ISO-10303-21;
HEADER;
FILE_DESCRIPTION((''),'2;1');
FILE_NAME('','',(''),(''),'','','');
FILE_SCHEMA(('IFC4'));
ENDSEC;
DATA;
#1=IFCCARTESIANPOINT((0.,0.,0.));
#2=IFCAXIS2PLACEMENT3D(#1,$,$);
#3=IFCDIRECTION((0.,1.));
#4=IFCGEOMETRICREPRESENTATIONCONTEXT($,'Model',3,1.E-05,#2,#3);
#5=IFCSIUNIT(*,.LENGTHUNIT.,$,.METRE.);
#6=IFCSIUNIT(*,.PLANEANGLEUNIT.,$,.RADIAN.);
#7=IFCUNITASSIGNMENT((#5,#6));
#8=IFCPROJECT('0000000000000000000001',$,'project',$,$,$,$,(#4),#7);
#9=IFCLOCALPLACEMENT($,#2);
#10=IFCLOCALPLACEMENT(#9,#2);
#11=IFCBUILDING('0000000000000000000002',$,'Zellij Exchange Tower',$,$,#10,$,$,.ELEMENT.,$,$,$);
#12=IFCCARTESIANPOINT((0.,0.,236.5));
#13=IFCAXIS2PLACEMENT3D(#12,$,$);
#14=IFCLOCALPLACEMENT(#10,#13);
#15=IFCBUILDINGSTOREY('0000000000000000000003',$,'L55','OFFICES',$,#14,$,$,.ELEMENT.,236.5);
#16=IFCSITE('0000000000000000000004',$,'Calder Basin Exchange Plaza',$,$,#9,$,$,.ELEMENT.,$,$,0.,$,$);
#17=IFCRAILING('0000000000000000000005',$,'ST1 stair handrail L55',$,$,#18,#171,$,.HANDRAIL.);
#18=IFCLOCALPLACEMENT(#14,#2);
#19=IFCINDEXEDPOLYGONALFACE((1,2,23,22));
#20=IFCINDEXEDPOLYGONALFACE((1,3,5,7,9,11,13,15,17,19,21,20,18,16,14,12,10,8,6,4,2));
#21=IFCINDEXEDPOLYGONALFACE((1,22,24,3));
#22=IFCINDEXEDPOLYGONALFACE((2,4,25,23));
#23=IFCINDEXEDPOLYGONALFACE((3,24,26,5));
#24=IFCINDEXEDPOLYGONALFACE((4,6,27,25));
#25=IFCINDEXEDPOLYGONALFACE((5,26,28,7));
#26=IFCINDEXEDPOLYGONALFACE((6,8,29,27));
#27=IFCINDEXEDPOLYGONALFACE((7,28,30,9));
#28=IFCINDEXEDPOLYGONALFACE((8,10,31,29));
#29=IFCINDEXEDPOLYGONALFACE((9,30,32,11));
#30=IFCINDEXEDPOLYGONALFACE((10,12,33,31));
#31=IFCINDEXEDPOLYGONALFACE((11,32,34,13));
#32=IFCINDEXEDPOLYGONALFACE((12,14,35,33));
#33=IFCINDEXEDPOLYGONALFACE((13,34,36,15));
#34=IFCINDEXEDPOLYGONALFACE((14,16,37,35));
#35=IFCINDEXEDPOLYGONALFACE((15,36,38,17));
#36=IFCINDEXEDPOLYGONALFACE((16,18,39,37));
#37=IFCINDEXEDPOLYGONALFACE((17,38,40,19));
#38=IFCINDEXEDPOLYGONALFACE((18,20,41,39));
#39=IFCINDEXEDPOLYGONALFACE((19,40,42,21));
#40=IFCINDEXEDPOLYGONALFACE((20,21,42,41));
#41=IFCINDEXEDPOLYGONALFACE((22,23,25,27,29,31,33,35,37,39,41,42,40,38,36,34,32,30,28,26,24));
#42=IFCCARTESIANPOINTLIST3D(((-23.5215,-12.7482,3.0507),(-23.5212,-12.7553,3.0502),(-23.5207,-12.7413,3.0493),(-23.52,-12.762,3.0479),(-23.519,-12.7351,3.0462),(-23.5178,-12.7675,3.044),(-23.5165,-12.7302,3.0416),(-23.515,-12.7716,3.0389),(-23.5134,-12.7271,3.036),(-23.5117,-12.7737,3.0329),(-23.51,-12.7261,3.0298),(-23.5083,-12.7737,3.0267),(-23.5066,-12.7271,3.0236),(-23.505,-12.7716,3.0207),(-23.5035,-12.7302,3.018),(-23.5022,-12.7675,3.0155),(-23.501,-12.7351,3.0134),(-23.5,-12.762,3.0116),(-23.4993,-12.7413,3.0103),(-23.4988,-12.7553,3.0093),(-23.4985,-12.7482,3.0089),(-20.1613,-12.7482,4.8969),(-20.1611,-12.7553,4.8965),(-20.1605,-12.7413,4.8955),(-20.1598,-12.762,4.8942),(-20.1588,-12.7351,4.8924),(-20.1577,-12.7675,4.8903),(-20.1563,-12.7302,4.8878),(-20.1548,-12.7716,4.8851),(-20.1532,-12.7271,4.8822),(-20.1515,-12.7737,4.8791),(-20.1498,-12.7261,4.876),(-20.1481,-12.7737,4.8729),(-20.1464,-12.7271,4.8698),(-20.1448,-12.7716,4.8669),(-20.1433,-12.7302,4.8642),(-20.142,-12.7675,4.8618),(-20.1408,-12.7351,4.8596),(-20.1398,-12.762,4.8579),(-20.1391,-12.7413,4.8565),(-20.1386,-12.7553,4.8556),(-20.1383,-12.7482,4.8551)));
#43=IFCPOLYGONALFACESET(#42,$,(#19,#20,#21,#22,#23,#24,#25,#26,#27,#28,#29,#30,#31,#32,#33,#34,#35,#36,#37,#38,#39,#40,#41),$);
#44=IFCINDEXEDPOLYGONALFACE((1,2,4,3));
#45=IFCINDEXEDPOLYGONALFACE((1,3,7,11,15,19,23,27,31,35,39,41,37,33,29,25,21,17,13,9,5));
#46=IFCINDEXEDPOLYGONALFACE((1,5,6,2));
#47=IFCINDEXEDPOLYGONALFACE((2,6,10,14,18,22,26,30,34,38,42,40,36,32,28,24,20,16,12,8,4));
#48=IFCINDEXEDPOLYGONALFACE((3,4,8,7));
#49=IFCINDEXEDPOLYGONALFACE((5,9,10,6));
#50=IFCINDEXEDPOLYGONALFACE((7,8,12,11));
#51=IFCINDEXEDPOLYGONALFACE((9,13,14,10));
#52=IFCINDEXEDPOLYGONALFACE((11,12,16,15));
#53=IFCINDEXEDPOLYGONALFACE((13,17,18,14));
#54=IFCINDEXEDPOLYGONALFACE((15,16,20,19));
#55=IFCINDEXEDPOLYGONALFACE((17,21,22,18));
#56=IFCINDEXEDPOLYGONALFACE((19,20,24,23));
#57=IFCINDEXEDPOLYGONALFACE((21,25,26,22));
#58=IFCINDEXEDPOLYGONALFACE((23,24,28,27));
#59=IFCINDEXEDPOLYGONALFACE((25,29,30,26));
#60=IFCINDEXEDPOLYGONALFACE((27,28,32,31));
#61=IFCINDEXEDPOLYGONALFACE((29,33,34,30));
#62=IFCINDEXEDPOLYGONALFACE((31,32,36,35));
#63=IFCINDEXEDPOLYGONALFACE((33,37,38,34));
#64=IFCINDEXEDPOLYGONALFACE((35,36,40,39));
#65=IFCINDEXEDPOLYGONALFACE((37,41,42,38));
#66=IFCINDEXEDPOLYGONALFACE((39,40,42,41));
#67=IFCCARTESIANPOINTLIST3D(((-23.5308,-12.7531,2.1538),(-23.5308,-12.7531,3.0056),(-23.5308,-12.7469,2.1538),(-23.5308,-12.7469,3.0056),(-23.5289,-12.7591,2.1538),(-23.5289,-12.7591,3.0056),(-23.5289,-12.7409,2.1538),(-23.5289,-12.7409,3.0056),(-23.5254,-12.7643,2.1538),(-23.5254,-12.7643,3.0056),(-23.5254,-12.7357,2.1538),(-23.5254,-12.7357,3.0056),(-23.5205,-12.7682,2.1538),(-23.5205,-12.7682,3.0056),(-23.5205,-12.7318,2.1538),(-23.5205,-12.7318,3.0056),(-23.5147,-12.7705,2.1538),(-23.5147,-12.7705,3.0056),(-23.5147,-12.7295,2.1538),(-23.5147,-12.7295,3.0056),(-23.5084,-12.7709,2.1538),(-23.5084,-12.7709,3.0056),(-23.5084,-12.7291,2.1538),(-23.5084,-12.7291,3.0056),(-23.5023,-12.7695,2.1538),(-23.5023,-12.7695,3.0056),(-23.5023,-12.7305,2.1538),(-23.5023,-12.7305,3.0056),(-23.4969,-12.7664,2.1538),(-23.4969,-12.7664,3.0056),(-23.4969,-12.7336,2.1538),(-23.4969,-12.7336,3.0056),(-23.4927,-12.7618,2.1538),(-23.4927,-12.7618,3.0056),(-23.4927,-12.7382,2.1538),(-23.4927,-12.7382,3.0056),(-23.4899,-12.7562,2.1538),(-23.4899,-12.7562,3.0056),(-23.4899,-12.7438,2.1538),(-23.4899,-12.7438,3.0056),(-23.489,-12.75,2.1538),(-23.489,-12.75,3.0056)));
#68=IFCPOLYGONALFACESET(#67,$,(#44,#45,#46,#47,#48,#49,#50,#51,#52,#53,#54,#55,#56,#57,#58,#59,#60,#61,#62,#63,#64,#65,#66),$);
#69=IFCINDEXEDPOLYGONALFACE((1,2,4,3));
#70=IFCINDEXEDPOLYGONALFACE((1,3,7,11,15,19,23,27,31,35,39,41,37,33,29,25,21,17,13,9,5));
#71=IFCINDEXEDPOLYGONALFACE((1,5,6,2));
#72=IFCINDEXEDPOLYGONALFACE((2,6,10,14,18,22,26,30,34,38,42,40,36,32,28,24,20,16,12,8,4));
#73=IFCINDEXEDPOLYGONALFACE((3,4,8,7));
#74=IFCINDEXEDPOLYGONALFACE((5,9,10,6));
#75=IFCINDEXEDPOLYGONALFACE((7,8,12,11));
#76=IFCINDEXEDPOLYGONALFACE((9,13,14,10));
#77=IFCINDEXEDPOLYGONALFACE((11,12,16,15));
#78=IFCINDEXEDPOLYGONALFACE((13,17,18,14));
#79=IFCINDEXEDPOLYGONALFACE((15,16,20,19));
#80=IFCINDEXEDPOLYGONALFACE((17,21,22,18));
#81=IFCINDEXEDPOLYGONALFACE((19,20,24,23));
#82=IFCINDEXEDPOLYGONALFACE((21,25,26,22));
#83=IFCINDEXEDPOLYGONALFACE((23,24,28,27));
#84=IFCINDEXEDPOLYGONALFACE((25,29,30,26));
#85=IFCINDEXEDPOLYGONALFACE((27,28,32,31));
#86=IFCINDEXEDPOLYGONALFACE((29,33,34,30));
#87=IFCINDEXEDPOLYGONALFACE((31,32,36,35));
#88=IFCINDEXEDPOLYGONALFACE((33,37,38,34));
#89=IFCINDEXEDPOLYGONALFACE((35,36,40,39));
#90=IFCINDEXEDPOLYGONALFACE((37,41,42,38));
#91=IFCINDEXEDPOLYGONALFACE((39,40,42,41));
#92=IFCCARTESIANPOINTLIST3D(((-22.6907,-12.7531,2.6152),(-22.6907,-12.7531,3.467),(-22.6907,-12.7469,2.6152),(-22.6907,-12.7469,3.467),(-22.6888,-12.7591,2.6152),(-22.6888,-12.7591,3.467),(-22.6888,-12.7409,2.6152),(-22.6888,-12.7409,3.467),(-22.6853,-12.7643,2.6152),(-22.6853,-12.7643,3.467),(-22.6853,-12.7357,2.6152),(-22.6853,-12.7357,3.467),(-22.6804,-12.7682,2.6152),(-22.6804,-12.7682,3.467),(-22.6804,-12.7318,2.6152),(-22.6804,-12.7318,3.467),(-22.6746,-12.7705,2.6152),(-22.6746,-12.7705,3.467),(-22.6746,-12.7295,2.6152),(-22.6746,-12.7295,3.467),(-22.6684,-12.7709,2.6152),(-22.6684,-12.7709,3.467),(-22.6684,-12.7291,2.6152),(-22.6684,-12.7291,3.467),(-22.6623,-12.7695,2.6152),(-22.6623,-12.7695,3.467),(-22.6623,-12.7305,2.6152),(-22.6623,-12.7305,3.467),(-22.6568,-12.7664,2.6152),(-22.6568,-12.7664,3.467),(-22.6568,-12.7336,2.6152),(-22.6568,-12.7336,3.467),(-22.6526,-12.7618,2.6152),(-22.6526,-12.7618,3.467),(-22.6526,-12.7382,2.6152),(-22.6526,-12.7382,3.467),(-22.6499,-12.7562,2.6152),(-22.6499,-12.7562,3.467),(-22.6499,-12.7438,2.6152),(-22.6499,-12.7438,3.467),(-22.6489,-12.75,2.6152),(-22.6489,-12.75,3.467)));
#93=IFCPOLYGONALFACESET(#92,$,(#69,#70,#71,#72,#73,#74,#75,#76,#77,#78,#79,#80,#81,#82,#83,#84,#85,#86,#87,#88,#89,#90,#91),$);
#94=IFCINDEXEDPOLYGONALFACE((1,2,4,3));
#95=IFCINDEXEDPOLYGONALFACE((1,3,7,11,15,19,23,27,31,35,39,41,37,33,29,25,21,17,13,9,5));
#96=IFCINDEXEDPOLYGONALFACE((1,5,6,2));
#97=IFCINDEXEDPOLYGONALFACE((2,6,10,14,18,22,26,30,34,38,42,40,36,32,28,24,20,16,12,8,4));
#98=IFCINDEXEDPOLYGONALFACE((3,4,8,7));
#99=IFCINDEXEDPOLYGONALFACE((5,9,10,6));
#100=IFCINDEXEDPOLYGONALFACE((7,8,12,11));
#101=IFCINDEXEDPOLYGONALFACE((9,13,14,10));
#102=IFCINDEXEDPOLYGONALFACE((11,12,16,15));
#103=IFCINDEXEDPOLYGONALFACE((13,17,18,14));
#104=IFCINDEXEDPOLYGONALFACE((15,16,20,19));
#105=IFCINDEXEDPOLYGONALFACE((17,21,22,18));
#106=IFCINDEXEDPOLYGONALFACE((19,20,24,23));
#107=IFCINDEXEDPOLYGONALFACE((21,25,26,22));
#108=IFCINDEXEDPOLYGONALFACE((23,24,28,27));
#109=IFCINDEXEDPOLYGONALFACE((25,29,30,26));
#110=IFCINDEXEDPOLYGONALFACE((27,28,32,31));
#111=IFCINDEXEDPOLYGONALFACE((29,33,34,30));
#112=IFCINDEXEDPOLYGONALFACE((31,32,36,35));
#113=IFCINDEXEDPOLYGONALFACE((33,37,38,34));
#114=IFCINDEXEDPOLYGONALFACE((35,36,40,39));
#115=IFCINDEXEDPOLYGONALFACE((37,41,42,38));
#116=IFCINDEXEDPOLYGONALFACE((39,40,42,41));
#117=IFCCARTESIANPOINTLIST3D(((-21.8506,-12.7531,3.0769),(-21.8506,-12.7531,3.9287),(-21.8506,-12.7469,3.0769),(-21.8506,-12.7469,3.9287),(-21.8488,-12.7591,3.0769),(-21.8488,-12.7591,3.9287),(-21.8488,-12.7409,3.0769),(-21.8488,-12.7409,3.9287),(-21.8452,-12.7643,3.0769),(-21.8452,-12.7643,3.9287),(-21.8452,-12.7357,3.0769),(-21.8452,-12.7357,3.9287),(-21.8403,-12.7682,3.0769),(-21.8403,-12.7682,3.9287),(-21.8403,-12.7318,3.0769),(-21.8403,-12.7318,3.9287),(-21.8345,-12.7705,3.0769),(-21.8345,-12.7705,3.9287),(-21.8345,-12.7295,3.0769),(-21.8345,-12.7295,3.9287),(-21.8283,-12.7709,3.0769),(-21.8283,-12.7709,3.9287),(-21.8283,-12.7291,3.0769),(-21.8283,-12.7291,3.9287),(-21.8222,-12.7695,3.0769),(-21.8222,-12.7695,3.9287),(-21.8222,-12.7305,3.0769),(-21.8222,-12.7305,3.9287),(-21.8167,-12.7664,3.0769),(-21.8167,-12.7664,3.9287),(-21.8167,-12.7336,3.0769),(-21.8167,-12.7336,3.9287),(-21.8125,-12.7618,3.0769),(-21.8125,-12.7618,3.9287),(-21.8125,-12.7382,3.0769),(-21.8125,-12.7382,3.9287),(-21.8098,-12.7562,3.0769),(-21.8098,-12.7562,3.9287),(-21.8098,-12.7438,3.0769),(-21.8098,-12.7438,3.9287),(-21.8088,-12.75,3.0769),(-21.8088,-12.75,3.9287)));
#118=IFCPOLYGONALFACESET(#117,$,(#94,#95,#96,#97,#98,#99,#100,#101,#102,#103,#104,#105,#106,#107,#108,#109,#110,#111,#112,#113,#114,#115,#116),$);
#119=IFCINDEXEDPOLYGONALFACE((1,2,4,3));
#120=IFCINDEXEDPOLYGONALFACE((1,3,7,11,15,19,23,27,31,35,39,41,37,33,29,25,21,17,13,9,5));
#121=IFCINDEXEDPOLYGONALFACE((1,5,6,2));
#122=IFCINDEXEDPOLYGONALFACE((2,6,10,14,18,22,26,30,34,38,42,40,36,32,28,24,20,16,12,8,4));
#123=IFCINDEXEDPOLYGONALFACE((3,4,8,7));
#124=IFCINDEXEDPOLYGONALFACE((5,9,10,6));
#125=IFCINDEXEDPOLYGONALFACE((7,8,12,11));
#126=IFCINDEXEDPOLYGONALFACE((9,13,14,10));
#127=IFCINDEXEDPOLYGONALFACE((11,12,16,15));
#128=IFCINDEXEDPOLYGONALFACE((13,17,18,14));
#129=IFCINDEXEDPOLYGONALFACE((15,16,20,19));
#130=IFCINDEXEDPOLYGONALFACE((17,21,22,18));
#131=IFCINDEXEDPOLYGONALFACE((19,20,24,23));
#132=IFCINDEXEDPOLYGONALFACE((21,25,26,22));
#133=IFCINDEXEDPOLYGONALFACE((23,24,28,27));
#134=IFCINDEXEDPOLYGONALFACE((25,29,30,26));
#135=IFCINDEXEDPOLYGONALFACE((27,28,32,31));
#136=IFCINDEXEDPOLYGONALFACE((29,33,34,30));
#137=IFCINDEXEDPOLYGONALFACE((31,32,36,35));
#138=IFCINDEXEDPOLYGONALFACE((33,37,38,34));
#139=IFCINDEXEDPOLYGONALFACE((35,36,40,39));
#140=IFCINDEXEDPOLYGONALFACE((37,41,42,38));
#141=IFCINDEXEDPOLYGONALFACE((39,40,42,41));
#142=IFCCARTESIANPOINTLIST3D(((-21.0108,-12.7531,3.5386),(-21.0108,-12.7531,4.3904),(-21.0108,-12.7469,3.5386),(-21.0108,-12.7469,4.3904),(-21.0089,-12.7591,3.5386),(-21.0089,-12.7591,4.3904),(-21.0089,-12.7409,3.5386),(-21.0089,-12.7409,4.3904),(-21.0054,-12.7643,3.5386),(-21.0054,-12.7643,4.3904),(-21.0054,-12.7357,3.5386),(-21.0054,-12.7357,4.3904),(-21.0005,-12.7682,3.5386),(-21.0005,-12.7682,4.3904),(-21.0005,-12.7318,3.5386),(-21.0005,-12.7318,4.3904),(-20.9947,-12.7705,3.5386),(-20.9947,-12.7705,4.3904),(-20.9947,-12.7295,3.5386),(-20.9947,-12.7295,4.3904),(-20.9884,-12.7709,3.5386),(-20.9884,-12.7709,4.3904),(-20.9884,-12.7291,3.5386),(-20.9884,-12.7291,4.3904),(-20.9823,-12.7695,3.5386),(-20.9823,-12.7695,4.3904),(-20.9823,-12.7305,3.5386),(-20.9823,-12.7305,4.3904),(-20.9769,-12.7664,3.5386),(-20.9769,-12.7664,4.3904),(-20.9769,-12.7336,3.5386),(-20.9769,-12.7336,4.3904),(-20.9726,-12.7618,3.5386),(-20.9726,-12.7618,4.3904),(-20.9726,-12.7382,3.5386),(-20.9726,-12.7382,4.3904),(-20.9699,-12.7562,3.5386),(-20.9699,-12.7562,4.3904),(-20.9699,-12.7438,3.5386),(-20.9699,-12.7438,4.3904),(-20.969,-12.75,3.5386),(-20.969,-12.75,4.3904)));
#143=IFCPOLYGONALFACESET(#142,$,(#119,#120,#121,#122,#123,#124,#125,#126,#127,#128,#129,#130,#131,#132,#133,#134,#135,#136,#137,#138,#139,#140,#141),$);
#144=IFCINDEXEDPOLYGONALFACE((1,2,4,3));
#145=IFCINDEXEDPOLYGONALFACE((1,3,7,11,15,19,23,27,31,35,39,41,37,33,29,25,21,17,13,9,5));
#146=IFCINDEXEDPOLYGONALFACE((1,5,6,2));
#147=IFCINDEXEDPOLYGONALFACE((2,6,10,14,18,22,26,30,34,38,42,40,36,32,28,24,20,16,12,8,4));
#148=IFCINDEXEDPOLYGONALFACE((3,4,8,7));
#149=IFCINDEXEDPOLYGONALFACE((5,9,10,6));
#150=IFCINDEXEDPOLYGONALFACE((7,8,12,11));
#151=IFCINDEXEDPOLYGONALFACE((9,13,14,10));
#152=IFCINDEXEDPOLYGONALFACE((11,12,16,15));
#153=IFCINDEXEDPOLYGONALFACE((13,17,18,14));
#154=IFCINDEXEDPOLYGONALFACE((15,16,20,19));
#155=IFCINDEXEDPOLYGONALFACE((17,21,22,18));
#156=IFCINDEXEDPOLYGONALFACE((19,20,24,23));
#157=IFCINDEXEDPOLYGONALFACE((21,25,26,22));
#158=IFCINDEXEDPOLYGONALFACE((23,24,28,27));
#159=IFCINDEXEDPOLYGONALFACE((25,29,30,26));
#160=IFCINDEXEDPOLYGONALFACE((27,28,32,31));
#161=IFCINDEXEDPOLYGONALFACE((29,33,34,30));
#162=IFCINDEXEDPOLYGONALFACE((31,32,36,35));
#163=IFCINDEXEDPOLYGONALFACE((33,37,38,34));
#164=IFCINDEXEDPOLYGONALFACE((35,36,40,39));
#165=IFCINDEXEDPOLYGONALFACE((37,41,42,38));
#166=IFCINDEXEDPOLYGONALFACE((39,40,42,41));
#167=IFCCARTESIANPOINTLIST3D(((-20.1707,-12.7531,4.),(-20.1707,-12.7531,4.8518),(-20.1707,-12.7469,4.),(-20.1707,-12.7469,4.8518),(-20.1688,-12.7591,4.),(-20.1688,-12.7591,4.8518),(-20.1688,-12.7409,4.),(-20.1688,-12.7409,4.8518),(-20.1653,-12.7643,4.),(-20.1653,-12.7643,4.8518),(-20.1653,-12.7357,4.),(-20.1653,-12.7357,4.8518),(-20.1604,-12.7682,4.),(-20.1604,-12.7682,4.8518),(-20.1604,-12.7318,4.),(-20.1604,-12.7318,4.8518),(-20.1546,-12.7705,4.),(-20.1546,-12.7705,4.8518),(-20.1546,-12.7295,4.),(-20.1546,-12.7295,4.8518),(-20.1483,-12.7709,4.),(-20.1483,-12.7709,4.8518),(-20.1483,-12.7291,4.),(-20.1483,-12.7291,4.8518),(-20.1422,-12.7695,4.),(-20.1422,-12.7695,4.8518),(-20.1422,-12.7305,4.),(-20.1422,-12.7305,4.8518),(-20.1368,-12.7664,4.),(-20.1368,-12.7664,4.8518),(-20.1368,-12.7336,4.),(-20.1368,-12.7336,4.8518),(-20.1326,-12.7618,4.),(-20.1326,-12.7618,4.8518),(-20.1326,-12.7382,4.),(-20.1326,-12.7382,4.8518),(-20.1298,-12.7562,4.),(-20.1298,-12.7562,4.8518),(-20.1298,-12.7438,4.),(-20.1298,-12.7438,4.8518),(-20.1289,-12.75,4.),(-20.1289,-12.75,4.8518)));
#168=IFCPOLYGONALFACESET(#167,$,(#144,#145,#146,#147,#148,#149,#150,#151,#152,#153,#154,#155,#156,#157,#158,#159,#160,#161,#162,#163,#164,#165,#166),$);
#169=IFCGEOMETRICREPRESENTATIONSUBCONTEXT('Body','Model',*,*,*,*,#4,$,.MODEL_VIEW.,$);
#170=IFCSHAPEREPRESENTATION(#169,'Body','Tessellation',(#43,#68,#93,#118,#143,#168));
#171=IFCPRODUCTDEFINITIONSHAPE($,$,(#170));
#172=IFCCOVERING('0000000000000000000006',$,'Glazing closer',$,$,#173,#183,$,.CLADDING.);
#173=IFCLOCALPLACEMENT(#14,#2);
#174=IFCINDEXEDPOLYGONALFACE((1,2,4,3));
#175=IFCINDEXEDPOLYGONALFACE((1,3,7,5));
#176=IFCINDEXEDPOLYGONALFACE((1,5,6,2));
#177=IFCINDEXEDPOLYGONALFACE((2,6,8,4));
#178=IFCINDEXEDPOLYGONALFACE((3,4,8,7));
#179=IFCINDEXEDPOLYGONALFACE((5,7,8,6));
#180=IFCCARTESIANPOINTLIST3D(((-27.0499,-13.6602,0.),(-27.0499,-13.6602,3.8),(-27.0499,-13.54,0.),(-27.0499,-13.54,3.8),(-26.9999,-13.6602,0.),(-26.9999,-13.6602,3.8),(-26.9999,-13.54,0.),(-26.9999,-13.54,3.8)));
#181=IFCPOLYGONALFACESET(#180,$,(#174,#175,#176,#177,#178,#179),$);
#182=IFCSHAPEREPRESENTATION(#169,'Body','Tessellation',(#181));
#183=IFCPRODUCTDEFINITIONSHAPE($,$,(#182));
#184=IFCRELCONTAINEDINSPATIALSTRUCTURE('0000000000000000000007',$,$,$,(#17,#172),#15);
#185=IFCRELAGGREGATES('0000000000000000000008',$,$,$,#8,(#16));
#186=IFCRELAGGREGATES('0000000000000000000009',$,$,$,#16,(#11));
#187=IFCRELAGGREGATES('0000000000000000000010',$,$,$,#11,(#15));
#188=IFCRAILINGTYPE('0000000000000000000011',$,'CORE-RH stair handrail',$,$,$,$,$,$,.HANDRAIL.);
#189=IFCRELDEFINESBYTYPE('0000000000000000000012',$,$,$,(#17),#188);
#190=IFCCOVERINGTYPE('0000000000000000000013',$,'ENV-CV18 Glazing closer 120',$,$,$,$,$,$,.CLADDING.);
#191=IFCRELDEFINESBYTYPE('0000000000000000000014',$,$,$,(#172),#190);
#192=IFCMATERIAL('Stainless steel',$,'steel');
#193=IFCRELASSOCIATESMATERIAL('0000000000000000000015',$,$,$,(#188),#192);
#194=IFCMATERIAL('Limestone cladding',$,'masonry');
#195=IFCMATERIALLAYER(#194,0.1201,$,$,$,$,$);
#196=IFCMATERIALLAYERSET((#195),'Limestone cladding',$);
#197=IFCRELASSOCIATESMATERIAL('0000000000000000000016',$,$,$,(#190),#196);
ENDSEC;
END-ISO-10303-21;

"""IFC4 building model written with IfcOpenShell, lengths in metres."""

from ifc_helpers import new_model, si_unit, direction, frame, origin, origin_2d, place, context, subcontext, project, spatial, rectangle, circle, extrude, material, layer, layer_set, type_object, element, save


model = new_model("IFC4")

# Units and contexts
model_context = context("Model", 3, precision=1e-05, world=origin(), true_north=direction((0.0, 1.0)))
body_context = subcontext(model_context, "Body", "Model", "MODEL_VIEW")
ifc_project = project(units=[si_unit("LENGTHUNIT", "METRE"), si_unit("PLANEANGLEUNIT", "RADIAN")], contexts=[model_context])

# Site, building, storey
site_placement = place(None, origin())
site = spatial("IfcSite", under=ifc_project, at=site_placement, Name="Calder Basin Exchange Plaza", CompositionType="ELEMENT", RefElevation=0.0)
building_placement = place(site_placement, origin())
building = spatial("IfcBuilding", under=site, at=building_placement, Name="Zellij Exchange Tower", CompositionType="ELEMENT")
storey_placement = place(building_placement, frame((0.0, 0.0, 236.5)))
storey = spatial("IfcBuildingStorey", under=building, at=storey_placement, Name="L55", Description="OFFICES", CompositionType="ELEMENT", Elevation=236.5)

# Railing
ifc_material_1 = material(Name="Stainless steel", Category="steel")
railing_type = type_object("IfcRailingType", Name="CORE-RH stair handrail", PredefinedType="HANDRAIL", material=ifc_material_1)
railing_placement = place(storey_placement, frame((-23.51, -12.75, 2.1538)))
element("IfcRailing", 1, at=railing_placement, inside=storey, type_object=railing_type, Name="ST1 stair handrail L55", PredefinedType="HANDRAIL", context=body_context, shape_type="SweptSolid", body=[
    extrude(circle(Radius=0.0239, at=origin_2d()), frame((0.0, 0.0, 0.876), z_axis=(0.876422, 0.0, 0.481545), x_axis=(0.0, 1.0, 0.0)), (0.0, 0.0, 1.0), 3.834),
    extrude(circle(Radius=0.021, at=origin_2d()), origin(), (0.0, 0.0, 1.0), 0.8518),
    extrude(circle(Radius=0.021, at=origin_2d()), frame((0.8401, 0.0, 0.4614)), (0.0, 0.0, 1.0), 0.8518),
    extrude(circle(Radius=0.021, at=origin_2d()), frame((1.6802, 0.0, 0.9231)), (0.0, 0.0, 1.0), 0.8518),
    extrude(circle(Radius=0.021, at=origin_2d()), frame((2.52, 0.0, 1.3848)), (0.0, 0.0, 1.0), 0.8518),
    extrude(circle(Radius=0.021, at=origin_2d()), frame((3.3601, 0.0, 1.8462)), (0.0, 0.0, 1.0), 0.8518),
])

# Covering
ifc_material_2 = material(Name="Limestone cladding", Category="masonry")
ifc_layer_1 = layer(ifc_material_2, 0.1201)
ifc_layer_set_1 = layer_set([ifc_layer_1], Name="Limestone cladding")
covering_type = type_object("IfcCoveringType", Name="ENV-CV18 Glazing closer 120", PredefinedType="CLADDING", material=ifc_layer_set_1)
covering_placement = place(storey_placement, frame((-27.0249, -13.6001, 0.0), z_axis=(0.0, 0.0, 1.0), x_axis=(1.0, 0.0, 0.0)))
element("IfcCovering", 2, at=covering_placement, inside=storey, type_object=covering_type, Name="Glazing closer", PredefinedType="CLADDING", context=body_context, shape_type="SweptSolid", body=[
    extrude(rectangle(XDim=0.05, YDim=0.1201, at=origin_2d()), origin(), (0.0, 0.0, 1.0), 3.8),
])

save(model, "model.ifc")
